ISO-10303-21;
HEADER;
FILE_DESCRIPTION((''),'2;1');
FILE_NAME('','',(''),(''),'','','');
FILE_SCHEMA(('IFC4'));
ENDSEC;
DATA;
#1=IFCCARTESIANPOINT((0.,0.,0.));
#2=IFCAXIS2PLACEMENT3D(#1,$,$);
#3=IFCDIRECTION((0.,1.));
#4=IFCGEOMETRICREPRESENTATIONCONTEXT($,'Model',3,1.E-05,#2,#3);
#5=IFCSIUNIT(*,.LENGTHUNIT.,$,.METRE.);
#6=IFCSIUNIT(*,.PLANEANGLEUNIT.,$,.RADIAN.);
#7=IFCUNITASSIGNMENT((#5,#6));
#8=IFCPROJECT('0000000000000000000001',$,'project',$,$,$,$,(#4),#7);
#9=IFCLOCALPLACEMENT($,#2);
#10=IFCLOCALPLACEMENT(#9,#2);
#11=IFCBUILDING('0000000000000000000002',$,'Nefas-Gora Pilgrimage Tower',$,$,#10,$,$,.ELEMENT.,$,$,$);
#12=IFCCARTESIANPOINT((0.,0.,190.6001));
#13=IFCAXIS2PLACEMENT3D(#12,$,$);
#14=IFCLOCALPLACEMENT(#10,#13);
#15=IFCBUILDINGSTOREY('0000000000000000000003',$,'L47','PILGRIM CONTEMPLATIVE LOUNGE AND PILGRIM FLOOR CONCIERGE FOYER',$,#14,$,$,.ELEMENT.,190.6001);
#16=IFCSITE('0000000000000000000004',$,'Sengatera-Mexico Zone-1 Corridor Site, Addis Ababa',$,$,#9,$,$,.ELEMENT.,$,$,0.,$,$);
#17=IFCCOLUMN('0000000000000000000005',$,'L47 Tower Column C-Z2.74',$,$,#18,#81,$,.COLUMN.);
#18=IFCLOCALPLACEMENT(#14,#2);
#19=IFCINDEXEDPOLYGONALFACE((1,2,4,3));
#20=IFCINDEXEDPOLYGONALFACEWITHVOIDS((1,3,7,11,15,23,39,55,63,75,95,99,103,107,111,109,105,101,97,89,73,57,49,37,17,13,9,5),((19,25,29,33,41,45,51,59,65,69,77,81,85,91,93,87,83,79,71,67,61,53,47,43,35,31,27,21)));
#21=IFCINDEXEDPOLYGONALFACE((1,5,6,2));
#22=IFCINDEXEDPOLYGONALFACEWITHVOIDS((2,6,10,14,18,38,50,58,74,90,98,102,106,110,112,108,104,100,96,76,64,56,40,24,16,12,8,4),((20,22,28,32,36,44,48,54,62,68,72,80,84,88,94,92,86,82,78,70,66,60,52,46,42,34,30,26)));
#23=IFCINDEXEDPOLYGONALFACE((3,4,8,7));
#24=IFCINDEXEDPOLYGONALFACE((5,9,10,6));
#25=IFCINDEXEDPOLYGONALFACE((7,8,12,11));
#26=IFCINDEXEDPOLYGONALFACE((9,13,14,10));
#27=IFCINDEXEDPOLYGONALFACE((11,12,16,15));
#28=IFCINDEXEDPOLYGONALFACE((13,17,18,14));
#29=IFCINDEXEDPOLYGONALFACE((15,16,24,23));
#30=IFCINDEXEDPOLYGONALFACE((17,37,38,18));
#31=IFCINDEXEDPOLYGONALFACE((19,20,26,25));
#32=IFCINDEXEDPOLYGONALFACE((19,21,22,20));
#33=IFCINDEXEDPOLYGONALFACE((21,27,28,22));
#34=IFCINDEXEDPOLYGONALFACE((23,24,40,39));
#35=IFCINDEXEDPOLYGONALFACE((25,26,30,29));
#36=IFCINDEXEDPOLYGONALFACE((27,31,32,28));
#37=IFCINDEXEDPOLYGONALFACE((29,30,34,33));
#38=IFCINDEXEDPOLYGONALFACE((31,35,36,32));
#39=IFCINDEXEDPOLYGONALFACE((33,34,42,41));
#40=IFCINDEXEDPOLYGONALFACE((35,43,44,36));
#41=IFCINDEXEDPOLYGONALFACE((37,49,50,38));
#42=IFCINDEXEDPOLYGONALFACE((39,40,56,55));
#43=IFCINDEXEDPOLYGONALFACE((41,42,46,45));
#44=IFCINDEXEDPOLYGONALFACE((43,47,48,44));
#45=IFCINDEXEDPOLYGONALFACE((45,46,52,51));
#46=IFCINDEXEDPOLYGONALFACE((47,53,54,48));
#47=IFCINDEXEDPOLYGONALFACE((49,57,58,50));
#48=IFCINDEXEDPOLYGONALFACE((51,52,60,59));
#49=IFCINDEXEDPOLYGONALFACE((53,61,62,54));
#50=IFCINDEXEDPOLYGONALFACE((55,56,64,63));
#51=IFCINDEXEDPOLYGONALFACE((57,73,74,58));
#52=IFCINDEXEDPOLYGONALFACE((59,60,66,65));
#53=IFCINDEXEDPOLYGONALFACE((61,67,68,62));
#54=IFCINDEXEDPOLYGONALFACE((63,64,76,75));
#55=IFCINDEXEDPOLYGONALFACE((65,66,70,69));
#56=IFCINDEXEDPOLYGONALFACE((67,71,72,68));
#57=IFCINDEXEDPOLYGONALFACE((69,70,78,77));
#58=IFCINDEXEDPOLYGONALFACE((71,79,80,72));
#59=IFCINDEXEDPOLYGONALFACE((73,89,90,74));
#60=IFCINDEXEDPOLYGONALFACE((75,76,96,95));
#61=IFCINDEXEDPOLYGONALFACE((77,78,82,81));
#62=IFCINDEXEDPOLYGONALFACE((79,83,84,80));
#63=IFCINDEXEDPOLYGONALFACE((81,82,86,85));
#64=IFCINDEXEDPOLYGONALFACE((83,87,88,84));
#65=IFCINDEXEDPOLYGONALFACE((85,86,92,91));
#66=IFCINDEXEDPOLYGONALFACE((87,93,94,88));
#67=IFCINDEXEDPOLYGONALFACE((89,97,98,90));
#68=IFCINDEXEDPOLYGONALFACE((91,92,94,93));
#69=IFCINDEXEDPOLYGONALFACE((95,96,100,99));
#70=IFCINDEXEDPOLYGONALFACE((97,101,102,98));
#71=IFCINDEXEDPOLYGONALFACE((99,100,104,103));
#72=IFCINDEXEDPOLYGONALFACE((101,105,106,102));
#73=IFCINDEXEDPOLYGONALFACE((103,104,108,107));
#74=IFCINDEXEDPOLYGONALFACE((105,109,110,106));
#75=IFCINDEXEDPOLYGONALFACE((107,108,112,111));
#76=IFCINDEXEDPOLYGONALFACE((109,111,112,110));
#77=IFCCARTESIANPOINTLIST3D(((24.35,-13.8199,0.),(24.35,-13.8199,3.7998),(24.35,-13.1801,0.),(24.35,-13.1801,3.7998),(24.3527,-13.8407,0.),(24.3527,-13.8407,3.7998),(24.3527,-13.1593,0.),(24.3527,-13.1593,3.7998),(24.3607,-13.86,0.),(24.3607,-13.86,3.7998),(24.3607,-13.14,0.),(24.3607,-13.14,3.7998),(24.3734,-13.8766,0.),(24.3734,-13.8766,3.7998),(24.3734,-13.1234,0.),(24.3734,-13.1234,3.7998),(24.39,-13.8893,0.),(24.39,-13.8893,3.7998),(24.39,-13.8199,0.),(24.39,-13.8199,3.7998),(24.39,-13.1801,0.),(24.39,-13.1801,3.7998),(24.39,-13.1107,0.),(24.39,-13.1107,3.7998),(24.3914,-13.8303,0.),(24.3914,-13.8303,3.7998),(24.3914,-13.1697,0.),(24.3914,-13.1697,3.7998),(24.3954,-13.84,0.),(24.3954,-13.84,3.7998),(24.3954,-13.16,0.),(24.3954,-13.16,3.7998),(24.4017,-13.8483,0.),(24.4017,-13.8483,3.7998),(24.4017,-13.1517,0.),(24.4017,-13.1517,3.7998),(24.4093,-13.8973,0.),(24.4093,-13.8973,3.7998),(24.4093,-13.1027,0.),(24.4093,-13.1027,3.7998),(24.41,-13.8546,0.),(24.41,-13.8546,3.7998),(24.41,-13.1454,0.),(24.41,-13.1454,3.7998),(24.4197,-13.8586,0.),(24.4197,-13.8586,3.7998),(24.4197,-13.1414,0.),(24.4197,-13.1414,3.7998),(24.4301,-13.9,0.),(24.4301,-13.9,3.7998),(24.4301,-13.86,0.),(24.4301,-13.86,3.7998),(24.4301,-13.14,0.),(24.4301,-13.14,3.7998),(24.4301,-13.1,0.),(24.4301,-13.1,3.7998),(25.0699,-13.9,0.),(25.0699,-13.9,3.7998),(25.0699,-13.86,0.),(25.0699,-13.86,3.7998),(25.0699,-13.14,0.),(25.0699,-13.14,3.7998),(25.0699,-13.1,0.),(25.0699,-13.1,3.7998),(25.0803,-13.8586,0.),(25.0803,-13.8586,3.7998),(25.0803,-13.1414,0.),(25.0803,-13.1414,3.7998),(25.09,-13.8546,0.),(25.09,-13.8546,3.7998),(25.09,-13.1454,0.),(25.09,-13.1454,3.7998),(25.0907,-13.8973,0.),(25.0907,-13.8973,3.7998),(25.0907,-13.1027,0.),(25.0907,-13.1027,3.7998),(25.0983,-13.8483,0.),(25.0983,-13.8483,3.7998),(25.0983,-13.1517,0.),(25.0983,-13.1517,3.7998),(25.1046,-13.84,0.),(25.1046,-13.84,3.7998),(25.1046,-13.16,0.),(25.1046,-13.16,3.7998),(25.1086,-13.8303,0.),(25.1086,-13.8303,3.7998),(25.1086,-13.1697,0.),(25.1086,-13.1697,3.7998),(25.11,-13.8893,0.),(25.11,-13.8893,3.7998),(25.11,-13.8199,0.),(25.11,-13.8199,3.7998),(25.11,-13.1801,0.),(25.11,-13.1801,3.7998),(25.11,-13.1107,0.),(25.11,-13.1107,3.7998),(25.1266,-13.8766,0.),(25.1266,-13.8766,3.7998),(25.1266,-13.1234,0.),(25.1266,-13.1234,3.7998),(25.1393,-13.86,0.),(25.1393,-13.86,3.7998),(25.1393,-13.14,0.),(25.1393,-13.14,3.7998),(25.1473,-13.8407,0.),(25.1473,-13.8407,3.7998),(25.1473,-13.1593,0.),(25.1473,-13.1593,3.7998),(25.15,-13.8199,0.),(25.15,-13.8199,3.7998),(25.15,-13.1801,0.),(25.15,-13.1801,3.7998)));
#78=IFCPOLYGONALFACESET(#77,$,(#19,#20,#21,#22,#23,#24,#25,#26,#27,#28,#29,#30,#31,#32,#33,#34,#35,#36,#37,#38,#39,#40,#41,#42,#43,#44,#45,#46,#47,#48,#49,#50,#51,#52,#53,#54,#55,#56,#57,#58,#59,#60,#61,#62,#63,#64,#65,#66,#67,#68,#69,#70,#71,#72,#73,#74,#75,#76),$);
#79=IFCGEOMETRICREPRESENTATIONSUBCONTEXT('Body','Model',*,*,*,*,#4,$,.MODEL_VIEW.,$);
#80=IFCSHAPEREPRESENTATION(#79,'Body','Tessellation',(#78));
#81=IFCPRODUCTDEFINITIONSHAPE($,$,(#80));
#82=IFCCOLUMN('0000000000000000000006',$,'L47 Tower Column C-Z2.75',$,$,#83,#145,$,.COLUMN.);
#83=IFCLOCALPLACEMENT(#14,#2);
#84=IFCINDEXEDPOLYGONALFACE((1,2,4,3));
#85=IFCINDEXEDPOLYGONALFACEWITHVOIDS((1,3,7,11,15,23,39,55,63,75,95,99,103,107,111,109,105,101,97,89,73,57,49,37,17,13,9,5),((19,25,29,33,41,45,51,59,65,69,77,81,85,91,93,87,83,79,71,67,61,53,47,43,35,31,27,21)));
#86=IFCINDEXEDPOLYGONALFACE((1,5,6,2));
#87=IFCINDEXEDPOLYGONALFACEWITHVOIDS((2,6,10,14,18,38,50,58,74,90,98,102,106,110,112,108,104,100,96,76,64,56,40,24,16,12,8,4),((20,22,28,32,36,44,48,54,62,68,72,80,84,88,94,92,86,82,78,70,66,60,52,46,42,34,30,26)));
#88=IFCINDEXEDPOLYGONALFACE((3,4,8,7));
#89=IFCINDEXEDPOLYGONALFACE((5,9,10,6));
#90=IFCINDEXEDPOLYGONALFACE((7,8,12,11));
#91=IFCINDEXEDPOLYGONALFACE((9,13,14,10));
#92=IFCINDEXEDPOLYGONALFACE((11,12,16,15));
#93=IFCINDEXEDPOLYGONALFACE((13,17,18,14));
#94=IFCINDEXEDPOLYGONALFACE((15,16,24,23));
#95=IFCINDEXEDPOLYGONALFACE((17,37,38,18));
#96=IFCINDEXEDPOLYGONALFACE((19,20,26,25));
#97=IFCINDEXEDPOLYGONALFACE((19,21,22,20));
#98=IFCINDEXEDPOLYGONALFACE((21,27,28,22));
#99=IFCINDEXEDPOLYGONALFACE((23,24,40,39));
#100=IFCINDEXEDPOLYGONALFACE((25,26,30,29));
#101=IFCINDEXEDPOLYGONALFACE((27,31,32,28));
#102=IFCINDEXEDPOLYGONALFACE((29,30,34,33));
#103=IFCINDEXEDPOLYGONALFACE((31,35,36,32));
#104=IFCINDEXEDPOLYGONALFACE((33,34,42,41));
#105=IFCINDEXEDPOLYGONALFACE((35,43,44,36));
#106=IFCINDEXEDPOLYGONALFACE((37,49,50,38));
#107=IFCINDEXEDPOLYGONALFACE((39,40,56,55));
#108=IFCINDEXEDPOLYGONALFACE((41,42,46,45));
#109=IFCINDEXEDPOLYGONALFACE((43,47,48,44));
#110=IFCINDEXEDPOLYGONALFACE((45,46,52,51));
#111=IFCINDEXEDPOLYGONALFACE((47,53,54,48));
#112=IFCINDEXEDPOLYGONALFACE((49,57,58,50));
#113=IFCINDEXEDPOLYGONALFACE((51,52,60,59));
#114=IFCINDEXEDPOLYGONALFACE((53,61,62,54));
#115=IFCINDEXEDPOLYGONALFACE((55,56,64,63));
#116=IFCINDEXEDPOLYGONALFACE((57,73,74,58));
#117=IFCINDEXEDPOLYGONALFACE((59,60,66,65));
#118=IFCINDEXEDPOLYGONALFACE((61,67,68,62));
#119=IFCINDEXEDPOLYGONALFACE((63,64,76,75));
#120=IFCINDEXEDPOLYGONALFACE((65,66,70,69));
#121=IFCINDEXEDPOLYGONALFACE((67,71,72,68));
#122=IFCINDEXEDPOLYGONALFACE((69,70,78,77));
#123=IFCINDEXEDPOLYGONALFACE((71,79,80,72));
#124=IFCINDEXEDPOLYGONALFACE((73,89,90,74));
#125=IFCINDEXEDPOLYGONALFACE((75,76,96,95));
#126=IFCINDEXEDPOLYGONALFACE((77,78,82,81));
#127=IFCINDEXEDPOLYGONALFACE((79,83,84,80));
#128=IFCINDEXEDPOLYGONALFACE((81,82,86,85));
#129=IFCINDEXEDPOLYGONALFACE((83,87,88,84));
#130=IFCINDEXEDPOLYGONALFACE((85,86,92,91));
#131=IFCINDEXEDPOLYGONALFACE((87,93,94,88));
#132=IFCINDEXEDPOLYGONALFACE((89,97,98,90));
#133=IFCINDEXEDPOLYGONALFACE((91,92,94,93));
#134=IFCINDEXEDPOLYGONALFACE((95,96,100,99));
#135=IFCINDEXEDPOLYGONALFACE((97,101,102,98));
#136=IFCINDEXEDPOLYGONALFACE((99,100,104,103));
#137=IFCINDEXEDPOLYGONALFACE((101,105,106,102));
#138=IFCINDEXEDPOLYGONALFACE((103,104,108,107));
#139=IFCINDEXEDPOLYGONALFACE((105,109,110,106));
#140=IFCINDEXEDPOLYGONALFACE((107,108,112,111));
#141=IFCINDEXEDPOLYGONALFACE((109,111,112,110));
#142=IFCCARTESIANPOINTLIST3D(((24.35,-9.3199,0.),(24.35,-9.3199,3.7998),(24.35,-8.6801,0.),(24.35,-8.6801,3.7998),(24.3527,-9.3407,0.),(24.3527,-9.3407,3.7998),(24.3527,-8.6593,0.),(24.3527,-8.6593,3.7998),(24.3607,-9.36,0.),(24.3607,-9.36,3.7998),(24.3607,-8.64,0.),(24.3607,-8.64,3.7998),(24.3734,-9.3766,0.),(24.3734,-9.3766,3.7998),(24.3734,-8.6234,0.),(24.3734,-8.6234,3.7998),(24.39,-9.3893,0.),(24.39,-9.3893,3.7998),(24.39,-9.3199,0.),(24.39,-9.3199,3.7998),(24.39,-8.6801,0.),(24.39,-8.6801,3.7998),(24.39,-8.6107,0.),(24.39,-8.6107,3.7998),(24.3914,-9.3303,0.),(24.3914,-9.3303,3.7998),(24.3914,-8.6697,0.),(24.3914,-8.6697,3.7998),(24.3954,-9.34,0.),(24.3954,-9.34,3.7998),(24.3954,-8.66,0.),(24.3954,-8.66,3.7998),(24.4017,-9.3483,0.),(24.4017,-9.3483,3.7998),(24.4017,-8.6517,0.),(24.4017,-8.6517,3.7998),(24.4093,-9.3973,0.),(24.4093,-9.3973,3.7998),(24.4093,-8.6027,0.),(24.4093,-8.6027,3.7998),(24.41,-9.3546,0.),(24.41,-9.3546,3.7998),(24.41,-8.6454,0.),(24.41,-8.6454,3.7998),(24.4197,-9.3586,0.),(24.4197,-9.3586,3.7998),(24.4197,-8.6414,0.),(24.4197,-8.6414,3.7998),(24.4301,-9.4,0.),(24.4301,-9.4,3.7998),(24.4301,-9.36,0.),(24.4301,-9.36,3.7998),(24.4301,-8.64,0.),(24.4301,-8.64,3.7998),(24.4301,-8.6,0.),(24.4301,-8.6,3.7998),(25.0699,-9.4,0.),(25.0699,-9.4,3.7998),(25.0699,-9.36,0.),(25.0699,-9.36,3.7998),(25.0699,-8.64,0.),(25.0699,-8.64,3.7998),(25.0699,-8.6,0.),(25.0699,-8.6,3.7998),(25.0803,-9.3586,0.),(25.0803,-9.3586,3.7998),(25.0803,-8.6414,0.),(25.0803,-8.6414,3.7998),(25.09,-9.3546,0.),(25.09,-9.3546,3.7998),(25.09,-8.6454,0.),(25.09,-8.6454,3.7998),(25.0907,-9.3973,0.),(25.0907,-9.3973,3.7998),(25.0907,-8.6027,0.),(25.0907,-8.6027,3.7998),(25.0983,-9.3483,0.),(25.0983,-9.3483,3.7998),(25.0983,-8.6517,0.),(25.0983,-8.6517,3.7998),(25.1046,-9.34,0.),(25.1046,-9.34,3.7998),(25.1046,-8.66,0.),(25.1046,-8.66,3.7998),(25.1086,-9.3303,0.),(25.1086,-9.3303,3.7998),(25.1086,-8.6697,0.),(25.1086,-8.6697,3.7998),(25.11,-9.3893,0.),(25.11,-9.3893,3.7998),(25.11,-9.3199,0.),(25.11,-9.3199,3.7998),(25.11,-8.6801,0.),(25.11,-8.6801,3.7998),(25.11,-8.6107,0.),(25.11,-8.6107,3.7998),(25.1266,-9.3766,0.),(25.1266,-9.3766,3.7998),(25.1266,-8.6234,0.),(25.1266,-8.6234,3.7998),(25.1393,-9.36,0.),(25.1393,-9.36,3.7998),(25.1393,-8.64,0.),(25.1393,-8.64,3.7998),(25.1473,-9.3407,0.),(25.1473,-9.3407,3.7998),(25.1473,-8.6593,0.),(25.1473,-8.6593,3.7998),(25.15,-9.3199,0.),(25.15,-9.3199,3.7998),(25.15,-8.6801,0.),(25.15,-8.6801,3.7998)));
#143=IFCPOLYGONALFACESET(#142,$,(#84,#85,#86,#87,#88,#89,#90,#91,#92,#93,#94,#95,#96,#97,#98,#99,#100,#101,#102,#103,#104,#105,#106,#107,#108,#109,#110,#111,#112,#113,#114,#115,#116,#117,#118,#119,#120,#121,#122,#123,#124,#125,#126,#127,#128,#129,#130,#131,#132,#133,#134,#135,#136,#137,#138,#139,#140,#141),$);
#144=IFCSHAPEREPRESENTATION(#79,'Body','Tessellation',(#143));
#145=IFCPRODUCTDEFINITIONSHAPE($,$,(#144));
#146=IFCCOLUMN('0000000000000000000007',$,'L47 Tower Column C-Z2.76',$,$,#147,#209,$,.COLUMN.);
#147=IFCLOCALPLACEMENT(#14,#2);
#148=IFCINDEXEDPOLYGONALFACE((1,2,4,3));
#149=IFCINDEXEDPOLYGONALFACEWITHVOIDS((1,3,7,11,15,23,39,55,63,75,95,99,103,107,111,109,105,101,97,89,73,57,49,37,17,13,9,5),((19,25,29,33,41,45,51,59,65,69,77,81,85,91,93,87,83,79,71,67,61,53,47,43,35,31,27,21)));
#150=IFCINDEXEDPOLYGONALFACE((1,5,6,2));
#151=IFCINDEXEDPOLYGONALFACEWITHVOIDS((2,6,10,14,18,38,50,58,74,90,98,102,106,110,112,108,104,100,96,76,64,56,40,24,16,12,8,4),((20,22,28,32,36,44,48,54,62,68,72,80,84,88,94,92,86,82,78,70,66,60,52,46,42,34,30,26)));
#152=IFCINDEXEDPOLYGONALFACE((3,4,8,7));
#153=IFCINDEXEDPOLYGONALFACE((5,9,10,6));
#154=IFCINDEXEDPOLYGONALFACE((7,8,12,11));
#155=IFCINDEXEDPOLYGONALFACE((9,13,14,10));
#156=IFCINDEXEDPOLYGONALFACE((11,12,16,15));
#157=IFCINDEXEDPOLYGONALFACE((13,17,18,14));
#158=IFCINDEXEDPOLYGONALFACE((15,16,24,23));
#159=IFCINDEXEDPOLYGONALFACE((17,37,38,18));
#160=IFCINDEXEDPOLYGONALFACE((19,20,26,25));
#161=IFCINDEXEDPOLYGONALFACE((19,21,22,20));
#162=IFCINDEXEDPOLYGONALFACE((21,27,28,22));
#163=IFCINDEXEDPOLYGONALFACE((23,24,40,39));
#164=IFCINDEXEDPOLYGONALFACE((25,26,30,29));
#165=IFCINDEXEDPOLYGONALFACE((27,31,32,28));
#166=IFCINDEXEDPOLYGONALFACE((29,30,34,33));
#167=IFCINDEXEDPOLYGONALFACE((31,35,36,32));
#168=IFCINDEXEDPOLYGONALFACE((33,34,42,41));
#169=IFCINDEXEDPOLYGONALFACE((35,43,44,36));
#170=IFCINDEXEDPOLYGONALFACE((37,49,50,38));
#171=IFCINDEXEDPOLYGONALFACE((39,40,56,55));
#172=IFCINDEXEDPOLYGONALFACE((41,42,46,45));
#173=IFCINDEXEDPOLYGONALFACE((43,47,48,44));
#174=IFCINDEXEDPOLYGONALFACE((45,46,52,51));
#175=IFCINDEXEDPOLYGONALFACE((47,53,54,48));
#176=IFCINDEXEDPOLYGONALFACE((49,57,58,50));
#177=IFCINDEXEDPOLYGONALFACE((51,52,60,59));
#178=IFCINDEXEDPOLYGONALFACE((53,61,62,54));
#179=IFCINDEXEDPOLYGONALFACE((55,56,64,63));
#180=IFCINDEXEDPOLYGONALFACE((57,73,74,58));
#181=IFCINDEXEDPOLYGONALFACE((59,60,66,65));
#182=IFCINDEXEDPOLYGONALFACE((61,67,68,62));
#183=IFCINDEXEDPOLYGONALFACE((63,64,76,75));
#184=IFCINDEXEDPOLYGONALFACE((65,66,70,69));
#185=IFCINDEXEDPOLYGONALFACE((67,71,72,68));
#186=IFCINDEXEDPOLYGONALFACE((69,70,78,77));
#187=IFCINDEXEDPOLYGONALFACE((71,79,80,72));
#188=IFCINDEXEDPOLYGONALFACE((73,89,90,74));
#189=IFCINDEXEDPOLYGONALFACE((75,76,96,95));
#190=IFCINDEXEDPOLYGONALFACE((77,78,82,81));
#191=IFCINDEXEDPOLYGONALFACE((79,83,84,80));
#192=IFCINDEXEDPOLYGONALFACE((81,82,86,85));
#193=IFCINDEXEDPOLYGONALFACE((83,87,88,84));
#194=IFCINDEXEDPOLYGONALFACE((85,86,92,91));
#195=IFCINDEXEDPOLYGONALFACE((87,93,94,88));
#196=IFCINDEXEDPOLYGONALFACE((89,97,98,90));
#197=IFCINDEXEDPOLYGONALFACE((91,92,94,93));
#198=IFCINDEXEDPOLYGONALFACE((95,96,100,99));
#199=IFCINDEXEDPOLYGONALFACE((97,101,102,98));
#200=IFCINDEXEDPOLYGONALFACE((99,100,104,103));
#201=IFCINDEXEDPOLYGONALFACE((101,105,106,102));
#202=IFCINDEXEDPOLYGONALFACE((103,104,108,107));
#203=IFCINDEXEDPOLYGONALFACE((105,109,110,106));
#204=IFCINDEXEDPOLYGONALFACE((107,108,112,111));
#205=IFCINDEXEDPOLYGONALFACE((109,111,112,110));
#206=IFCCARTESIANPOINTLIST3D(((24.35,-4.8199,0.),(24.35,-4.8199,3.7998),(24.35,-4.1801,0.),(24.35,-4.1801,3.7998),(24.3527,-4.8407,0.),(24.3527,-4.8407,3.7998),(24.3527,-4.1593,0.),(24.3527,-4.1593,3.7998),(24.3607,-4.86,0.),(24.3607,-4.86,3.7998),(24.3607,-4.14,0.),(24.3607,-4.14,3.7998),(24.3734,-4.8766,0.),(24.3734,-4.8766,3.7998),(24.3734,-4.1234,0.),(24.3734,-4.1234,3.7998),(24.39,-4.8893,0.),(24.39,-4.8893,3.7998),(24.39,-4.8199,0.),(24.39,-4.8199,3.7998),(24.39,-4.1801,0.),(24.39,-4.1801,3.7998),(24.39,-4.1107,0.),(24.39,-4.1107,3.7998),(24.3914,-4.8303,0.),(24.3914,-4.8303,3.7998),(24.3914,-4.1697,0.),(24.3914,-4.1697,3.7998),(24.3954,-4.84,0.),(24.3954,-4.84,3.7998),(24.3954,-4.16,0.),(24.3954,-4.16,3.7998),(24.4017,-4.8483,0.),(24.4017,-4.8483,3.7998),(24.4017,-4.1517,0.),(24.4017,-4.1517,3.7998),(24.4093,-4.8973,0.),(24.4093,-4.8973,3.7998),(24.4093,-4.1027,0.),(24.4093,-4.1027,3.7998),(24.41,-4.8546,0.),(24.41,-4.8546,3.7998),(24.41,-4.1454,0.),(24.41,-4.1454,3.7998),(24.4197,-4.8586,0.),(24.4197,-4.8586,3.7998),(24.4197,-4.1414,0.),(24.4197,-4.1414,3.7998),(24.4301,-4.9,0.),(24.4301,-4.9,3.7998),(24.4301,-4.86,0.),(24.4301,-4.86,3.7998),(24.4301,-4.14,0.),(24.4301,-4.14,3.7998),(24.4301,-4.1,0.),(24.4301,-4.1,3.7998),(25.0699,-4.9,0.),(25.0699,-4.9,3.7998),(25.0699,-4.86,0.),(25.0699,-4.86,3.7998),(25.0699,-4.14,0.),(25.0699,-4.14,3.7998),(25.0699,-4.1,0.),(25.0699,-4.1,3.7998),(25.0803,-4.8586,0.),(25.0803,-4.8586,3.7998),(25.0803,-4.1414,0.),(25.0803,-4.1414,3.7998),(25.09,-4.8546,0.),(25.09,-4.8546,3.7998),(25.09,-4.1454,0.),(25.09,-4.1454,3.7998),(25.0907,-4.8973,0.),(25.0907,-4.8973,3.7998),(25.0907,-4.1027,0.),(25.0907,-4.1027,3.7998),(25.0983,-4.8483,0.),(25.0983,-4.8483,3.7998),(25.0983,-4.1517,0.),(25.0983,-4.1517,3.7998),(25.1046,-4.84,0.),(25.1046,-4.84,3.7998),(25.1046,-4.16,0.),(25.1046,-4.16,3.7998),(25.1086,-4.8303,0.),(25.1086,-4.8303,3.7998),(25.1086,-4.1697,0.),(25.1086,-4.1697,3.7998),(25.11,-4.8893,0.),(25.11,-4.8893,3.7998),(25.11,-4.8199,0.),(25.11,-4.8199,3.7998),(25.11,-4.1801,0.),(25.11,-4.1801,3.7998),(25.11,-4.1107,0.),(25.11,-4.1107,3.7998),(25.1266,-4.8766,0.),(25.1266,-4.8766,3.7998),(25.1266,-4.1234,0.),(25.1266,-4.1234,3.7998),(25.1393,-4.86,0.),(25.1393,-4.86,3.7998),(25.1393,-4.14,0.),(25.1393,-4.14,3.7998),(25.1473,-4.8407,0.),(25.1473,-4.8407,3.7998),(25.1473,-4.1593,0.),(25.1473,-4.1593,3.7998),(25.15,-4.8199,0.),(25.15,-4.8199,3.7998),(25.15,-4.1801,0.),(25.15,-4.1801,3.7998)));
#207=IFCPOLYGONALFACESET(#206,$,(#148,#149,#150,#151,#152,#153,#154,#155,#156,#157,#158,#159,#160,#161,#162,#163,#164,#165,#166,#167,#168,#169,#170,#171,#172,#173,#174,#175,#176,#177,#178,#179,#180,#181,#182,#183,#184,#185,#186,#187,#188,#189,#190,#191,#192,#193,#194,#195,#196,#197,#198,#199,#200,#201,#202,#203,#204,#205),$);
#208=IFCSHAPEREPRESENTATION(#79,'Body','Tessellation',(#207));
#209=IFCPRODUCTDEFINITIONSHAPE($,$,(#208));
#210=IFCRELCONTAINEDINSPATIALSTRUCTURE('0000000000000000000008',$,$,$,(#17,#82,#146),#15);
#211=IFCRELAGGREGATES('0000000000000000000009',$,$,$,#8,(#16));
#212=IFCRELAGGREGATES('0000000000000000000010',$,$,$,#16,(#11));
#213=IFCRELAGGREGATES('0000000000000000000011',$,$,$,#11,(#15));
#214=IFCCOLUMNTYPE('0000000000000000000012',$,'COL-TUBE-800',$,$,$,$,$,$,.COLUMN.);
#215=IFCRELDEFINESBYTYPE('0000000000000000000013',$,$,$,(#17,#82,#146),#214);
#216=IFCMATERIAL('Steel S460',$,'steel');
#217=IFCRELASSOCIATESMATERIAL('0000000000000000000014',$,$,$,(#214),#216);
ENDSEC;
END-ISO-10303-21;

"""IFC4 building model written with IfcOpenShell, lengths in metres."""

from ifc_helpers import new_model, si_unit, direction, frame, origin, origin_2d, place, context, subcontext, project, spatial, hollow_rectangle, extrude, source, transform, mapped, material, material_profile, profile_set, type_object, element, save


model = new_model("IFC4")

# Units and contexts
model_context = context("Model", 3, precision=1e-05, world=origin(), true_north=direction((0.0, 1.0)))
body_context = subcontext(model_context, "Body", "Model", "MODEL_VIEW")
ifc_project = project(units=[si_unit("LENGTHUNIT", "METRE"), si_unit("PLANEANGLEUNIT", "RADIAN")], contexts=[model_context])

# Site, building, storey
site_placement = place(None, origin())
site = spatial("IfcSite", under=ifc_project, at=site_placement, Name="Sengatera-Mexico Zone-1 Corridor Site, Addis Ababa", CompositionType="ELEMENT", RefElevation=0.0)
building_placement = place(site_placement, origin())
building = spatial("IfcBuilding", under=site, at=building_placement, Name="Nefas-Gora Pilgrimage Tower", CompositionType="ELEMENT")
storey_placement = place(building_placement, frame((0.0, 0.0, 190.6001)))
storey = spatial("IfcBuildingStorey", under=building, at=storey_placement, Name="L47", Description="PILGRIM CONTEMPLATIVE LOUNGE AND PILGRIM FLOOR CONCIERGE FOYER", CompositionType="ELEMENT", Elevation=190.6001)

# Columns
ifc_material_1 = material(Name="Steel S460", Category="steel")
ifc_material_profile_1 = material_profile(ifc_material_1, hollow_rectangle(XDim=0.8, YDim=0.8, WallThickness=0.04, InnerFilletRadius=0.04, OuterFilletRadius=0.0801, at=origin_2d()), Name="BOX 800x800x40")
ifc_profile_set_1 = profile_set([ifc_material_profile_1], Name="Steel S460")
column_type_1 = type_object("IfcColumnType", Name="COL-TUBE-800", PredefinedType="COLUMN", material=ifc_profile_set_1)
shared_shape_1 = source(origin(), body_context, "Body", "SweptSolid", [
    extrude(hollow_rectangle(XDim=0.8, YDim=0.8, WallThickness=0.04, InnerFilletRadius=0.04, OuterFilletRadius=0.0801, at=origin_2d()), origin(), (0.0, 0.0, 1.0), 3.7998),
])
for number, where, z_axis, x_axis, name in (
    (1, (24.75, -13.5, 0.0), (0.0, 0.0, 1.0), (1.0, 0.0, 0.0), "L47 Tower Column C-Z2.74"),
    (2, (24.75, -9.0, 0.0), (0.0, 0.0, 1.0), (1.0, 0.0, 0.0), "L47 Tower Column C-Z2.75"),
    (3, (24.75, -4.5, 0.0), (0.0, 0.0, 1.0), (1.0, 0.0, 0.0), "L47 Tower Column C-Z2.76"),
):
    element("IfcColumn", number, at=place(storey_placement, frame(where, z_axis=z_axis, x_axis=x_axis)), inside=storey, type_object=column_type_1, Name=name, PredefinedType="COLUMN", context=body_context, shape_type="MappedRepresentation", body=[
        mapped(shared_shape_1, transform((0.0, 0.0, 0.0), x_axis=(1.0, 0.0, 0.0), y_axis=(0.0, 1.0, 0.0), z_axis=(0.0, 0.0, 1.0), scale=1.0)),
    ])

save(model, "model.ifc")
